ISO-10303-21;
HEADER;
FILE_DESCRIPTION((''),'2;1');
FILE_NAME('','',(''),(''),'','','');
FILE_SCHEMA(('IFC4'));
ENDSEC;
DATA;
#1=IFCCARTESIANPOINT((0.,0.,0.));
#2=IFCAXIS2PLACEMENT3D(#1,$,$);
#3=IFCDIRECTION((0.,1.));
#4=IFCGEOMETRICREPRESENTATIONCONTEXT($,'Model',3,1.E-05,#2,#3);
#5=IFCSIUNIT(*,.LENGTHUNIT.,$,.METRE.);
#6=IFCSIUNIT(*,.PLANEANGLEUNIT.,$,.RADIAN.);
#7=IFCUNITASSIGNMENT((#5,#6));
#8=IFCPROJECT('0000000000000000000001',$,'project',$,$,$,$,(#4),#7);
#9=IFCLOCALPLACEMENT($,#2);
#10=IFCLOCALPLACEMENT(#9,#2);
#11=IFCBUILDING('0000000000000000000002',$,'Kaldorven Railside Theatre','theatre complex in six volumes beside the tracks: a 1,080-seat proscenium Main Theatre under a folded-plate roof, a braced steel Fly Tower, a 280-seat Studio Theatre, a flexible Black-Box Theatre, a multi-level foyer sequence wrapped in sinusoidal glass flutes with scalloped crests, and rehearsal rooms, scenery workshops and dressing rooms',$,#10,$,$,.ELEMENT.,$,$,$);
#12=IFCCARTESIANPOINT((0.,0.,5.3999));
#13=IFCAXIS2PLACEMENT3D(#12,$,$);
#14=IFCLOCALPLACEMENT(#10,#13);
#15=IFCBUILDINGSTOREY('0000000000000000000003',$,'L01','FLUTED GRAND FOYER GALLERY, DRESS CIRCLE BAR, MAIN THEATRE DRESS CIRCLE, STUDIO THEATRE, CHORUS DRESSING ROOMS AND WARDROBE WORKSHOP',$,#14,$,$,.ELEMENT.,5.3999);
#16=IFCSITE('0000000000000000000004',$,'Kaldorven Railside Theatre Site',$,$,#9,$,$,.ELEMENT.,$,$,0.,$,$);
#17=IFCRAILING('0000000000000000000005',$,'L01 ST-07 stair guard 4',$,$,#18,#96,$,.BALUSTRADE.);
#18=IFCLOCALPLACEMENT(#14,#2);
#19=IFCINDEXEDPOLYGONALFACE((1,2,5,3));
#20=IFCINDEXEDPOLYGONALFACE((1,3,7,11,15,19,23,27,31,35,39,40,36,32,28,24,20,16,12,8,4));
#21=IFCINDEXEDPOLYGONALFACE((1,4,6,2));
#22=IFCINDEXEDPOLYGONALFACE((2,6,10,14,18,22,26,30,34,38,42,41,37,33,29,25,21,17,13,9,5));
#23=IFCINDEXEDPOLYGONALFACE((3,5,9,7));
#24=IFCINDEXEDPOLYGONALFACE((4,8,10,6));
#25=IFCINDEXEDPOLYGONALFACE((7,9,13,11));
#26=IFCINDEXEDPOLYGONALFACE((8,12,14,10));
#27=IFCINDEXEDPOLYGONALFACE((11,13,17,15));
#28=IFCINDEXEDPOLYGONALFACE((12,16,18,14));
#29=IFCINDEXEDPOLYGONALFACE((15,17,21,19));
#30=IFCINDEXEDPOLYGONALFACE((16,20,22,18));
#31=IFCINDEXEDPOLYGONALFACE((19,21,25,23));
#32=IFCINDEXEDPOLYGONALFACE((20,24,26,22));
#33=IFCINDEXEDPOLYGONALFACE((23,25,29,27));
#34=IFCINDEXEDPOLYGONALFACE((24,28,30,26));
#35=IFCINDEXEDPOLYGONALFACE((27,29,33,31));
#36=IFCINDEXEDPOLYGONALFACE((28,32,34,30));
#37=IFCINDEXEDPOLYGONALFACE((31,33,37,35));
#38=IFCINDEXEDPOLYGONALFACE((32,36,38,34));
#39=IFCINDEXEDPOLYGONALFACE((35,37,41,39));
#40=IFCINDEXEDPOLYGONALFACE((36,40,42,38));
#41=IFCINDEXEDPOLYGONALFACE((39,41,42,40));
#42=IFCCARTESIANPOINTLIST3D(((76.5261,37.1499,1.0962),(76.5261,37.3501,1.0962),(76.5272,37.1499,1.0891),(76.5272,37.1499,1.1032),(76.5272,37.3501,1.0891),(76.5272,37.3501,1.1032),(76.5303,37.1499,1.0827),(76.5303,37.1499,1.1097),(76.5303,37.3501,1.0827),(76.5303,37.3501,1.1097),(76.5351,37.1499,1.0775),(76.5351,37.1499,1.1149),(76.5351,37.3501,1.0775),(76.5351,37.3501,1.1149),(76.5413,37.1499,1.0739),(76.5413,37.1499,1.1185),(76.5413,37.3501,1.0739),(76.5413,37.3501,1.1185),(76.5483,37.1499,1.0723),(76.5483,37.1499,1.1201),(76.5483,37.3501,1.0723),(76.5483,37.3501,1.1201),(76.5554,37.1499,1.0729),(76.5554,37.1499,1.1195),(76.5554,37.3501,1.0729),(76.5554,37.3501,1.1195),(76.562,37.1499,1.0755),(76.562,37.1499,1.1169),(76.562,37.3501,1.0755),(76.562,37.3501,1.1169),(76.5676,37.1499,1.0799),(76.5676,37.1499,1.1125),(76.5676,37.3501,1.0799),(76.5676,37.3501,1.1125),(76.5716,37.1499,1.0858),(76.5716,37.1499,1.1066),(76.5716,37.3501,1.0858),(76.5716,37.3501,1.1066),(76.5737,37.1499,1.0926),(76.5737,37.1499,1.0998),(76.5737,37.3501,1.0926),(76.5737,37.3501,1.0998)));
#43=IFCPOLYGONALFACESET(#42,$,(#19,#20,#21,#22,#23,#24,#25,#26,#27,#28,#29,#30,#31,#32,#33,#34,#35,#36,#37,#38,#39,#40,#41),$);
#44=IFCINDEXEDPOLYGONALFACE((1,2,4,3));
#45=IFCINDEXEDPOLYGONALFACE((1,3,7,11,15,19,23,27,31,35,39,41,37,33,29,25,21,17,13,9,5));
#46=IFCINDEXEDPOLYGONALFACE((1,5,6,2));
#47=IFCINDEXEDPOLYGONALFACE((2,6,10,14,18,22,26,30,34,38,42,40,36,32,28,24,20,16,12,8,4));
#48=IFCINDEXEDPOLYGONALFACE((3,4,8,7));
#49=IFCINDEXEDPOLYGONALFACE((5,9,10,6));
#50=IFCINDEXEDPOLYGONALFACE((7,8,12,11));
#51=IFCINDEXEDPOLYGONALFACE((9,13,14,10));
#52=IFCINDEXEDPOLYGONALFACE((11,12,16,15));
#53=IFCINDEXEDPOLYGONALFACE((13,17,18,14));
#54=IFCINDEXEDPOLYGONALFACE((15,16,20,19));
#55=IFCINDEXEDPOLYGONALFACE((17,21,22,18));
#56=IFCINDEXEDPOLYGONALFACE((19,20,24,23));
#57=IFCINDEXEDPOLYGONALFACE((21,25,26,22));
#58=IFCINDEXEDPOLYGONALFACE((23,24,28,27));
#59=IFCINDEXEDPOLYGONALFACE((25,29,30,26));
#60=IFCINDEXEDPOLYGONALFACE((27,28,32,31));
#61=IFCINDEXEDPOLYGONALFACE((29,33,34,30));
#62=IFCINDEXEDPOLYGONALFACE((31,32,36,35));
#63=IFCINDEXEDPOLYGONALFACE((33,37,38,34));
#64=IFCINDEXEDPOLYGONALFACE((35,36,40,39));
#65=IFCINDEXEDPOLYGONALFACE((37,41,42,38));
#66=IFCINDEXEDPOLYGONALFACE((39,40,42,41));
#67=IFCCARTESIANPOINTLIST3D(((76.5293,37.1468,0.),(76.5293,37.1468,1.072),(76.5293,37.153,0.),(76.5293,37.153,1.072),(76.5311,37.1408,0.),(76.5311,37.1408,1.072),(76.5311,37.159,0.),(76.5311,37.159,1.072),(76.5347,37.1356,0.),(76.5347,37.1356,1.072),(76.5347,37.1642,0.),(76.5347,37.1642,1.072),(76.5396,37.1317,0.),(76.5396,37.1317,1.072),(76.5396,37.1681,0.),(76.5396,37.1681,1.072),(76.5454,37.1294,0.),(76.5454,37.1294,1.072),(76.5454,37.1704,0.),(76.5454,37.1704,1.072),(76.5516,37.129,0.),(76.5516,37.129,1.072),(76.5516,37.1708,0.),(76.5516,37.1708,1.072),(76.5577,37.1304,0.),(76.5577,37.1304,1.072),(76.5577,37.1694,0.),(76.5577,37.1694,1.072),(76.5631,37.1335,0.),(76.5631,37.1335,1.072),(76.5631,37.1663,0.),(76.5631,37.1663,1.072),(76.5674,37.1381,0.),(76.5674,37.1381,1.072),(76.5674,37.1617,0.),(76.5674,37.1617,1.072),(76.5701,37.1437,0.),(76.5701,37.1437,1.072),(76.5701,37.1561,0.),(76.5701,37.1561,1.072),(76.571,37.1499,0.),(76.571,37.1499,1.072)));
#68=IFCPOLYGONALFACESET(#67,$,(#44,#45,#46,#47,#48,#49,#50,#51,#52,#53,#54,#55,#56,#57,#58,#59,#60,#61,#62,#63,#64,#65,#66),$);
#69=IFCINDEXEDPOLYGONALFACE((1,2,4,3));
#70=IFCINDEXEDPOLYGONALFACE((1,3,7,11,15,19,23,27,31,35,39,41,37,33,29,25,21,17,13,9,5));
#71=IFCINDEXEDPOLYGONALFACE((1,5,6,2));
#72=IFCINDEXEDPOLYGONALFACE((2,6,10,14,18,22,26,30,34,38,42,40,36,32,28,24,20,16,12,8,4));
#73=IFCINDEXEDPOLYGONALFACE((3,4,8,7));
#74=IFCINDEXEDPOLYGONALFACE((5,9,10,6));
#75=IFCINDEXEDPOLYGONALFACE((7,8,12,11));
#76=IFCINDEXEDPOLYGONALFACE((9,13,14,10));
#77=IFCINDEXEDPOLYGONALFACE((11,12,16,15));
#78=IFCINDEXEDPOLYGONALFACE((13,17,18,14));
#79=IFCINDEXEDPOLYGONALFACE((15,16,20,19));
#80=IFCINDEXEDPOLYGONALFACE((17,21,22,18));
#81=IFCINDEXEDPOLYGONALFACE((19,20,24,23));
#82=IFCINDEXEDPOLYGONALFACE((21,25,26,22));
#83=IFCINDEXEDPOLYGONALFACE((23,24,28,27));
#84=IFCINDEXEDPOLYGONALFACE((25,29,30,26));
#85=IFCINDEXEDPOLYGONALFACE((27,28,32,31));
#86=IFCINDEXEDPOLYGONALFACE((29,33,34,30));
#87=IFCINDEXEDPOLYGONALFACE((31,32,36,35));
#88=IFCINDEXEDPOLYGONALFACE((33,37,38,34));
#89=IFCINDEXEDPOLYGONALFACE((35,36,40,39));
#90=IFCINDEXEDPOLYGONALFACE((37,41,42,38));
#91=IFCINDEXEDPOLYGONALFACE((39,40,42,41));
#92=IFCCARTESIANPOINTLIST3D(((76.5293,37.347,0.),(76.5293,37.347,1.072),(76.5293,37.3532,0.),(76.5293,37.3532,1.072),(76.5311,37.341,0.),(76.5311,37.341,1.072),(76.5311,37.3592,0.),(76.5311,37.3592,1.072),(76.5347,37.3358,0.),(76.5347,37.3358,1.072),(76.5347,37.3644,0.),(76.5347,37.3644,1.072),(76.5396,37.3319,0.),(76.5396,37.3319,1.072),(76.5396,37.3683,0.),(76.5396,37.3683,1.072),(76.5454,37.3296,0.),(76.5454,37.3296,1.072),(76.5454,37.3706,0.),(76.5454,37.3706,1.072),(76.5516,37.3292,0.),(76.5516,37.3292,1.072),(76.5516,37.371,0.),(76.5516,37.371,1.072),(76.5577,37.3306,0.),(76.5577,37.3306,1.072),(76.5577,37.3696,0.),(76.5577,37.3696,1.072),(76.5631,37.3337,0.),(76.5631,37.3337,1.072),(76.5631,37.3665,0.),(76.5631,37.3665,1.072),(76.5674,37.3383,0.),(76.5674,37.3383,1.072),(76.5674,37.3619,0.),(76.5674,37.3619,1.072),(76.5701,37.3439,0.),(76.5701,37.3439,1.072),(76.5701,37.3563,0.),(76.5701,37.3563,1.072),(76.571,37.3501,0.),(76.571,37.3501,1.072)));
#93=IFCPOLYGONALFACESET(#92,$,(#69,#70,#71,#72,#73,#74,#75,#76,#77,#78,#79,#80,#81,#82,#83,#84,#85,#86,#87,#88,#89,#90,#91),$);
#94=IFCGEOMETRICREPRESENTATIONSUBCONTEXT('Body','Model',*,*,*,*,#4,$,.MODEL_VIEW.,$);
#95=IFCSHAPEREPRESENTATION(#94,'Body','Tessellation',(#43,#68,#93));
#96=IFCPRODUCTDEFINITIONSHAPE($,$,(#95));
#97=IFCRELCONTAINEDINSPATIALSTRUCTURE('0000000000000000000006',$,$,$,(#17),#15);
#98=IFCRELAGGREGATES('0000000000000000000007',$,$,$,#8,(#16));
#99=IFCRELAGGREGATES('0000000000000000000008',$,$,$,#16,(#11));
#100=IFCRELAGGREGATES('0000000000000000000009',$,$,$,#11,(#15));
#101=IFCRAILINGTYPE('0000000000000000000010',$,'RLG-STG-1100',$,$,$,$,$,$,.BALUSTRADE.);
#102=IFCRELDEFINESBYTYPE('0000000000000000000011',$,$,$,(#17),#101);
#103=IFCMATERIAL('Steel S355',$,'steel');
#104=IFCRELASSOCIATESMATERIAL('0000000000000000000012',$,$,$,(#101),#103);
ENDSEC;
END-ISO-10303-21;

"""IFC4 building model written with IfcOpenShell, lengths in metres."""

from ifc_helpers import new_model, si_unit, direction, frame, origin, origin_2d, place, context, subcontext, project, spatial, circle, extrude, material, type_object, element, save


model = new_model("IFC4")

# Units and contexts
model_context = context("Model", 3, precision=1e-05, world=origin(), true_north=direction((0.0, 1.0)))
body_context = subcontext(model_context, "Body", "Model", "MODEL_VIEW")
ifc_project = project(units=[si_unit("LENGTHUNIT", "METRE"), si_unit("PLANEANGLEUNIT", "RADIAN")], contexts=[model_context])

# Site, building, storey
site_placement = place(None, origin())
site = spatial("IfcSite", under=ifc_project, at=site_placement, Name="Kaldorven Railside Theatre Site", CompositionType="ELEMENT", RefElevation=0.0)
building_placement = place(site_placement, origin())
building = spatial("IfcBuilding", under=site, at=building_placement, Name="Kaldorven Railside Theatre", Description="theatre complex in six volumes beside the tracks: a 1,080-seat proscenium Main Theatre under a folded-plate roof, a braced steel Fly Tower, a 280-seat Studio Theatre, a flexible Black-Box Theatre, a multi-level foyer sequence wrapped in sinusoidal glass flutes with scalloped crests, and rehearsal rooms, scenery workshops and dressing rooms", CompositionType="ELEMENT")
storey_placement = place(building_placement, frame((0.0, 0.0, 5.3999)))
storey = spatial("IfcBuildingStorey", under=building, at=storey_placement, Name="L01", Description="FLUTED GRAND FOYER GALLERY, DRESS CIRCLE BAR, MAIN THEATRE DRESS CIRCLE, STUDIO THEATRE, CHORUS DRESSING ROOMS AND WARDROBE WORKSHOP", CompositionType="ELEMENT", Elevation=5.3999)

# Railing
ifc_material_1 = material(Name="Steel S355", Category="steel")
railing_type_1 = type_object("IfcRailingType", Name="RLG-STG-1100", PredefinedType="BALUSTRADE", material=ifc_material_1)
railing_1_placement = place(storey_placement, frame((76.55, 37.1499, 0.0)))
element("IfcRailing", 1, at=railing_1_placement, inside=storey, type_object=railing_type_1, Name="L01 ST-07 stair guard 4", PredefinedType="BALUSTRADE", context=body_context, shape_type="SweptSolid", body=[
    extrude(circle(Radius=0.0239, at=origin_2d()), frame((0.0, 0.0, 1.0962), z_axis=(0.0, 1.0, 0.0), x_axis=(-1.0, 0.0, 0.0)), (0.0, 0.0, 1.0), 0.2002),
    extrude(circle(Radius=0.021, at=origin_2d()), origin(), (0.0, 0.0, 1.0), 1.072),
    extrude(circle(Radius=0.021, at=origin_2d()), frame((0.0, 0.2002, 0.0)), (0.0, 0.0, 1.0), 1.072),
])

save(model, "model.ifc")
